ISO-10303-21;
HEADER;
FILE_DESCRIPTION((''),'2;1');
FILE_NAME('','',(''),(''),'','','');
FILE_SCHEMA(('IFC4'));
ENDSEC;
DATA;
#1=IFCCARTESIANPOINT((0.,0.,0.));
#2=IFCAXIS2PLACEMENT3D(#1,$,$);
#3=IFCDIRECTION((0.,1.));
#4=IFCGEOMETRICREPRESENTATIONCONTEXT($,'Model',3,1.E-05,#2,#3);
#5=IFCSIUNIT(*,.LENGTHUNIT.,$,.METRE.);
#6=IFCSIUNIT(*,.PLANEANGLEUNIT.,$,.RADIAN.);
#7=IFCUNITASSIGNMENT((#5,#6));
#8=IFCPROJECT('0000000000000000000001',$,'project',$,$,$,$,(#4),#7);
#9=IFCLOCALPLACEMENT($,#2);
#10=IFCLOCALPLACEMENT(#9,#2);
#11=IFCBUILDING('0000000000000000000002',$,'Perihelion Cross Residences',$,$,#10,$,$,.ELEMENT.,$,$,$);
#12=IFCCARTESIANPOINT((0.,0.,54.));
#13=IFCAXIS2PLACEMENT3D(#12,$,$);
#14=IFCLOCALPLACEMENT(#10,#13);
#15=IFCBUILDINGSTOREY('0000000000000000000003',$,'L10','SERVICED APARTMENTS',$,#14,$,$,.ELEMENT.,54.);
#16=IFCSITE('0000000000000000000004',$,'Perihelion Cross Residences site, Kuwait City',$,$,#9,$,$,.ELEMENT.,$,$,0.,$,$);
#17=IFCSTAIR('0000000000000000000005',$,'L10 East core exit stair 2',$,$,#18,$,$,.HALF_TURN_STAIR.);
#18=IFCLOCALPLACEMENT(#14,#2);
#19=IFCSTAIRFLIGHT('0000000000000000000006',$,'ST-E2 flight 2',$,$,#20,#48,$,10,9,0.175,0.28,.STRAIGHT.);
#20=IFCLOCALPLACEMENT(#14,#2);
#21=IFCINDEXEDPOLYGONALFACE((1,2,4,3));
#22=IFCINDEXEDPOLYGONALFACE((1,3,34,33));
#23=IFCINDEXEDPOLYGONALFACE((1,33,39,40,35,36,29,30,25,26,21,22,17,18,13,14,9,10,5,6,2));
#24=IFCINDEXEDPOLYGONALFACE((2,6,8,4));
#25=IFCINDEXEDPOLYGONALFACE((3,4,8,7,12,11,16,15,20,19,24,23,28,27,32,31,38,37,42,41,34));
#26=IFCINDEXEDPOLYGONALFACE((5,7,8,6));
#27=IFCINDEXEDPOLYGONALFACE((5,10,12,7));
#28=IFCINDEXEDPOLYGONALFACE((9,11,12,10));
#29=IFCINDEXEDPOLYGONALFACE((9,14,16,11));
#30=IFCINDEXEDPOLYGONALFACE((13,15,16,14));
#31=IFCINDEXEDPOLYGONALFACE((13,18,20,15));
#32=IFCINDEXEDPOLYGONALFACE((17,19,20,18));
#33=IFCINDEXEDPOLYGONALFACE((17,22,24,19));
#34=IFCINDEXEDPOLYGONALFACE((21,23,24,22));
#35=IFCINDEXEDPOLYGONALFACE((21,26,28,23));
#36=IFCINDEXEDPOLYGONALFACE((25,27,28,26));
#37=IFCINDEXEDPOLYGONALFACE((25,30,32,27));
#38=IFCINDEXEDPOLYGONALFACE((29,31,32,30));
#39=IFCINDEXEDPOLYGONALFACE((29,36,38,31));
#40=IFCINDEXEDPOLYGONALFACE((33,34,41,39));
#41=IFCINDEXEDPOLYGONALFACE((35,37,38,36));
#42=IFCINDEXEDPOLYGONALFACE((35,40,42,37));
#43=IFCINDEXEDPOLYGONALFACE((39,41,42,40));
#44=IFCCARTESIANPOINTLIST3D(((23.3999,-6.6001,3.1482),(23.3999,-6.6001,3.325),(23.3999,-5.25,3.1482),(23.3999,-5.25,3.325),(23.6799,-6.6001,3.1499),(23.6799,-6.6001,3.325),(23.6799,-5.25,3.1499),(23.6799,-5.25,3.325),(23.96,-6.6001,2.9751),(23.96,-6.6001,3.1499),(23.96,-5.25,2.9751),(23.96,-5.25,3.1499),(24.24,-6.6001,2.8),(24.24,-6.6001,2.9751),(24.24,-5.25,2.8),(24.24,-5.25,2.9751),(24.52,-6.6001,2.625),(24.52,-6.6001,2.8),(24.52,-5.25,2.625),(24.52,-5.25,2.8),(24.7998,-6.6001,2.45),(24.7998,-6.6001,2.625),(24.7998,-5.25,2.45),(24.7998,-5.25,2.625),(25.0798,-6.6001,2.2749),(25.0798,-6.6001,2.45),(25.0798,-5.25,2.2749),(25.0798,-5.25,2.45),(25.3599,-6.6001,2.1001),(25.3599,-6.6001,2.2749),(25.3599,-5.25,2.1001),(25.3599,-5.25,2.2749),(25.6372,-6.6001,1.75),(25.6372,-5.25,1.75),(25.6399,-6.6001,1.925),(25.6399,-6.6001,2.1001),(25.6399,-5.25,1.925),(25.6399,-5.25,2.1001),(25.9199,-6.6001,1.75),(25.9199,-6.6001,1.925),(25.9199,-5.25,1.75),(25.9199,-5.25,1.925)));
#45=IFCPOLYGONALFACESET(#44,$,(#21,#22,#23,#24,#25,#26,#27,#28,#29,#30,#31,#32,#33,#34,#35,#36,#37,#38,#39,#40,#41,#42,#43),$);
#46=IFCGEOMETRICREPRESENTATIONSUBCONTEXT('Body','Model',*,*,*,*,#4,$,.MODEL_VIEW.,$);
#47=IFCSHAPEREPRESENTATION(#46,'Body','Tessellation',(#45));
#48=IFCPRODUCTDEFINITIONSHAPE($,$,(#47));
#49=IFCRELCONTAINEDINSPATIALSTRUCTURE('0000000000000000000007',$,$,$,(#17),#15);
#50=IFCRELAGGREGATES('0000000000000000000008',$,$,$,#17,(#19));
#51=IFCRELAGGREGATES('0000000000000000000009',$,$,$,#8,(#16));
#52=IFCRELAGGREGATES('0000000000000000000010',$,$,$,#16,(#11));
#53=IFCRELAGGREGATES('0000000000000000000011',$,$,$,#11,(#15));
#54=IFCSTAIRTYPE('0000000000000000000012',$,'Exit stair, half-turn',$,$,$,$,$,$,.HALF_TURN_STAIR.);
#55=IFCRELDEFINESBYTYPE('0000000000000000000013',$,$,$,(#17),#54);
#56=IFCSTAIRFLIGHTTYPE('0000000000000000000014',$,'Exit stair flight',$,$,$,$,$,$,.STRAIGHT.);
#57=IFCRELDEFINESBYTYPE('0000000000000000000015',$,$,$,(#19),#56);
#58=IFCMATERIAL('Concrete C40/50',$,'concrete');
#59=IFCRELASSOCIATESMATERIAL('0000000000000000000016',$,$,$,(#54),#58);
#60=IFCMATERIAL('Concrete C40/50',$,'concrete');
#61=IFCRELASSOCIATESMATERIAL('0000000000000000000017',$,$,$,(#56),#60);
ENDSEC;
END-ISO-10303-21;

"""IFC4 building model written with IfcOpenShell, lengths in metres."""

from ifc_helpers import new_model, si_unit, direction, frame, origin, place, context, subcontext, project, spatial, polyline, outline, extrude, material, type_object, element, aggregate, save


model = new_model("IFC4")

# Units and contexts
model_context = context("Model", 3, precision=1e-05, world=origin(), true_north=direction((0.0, 1.0)))
body_context = subcontext(model_context, "Body", "Model", "MODEL_VIEW")
ifc_project = project(units=[si_unit("LENGTHUNIT", "METRE"), si_unit("PLANEANGLEUNIT", "RADIAN")], contexts=[model_context])

# Site, building, storey
site_placement = place(None, origin())
site = spatial("IfcSite", under=ifc_project, at=site_placement, Name="Perihelion Cross Residences site, Kuwait City", CompositionType="ELEMENT", RefElevation=0.0)
building_placement = place(site_placement, origin())
building = spatial("IfcBuilding", under=site, at=building_placement, Name="Perihelion Cross Residences", CompositionType="ELEMENT")
storey_placement = place(building_placement, frame((0.0, 0.0, 54.0)))
storey = spatial("IfcBuildingStorey", under=building, at=storey_placement, Name="L10", Description="SERVICED APARTMENTS", CompositionType="ELEMENT", Elevation=54.0)

# Stair, stair flight
ifc_material_1 = material(Name="Concrete C40/50", Category="concrete")
stair_type = type_object("IfcStairType", Name="Exit stair, half-turn", PredefinedType="HALF_TURN_STAIR", material=ifc_material_1)
stair_placement = place(storey_placement, origin())
stair = element("IfcStair", 1, at=stair_placement, inside=storey, type_object=stair_type, Name="L10 East core exit stair 2", PredefinedType="HALF_TURN_STAIR")
ifc_material_2 = material(Name="Concrete C40/50", Category="concrete")
stair_flight_type = type_object("IfcStairFlightType", Name="Exit stair flight", PredefinedType="STRAIGHT", material=ifc_material_2)
stair_flight_1_placement = place(storey_placement, frame((25.9199, -5.925, 1.75), z_axis=(0.0, 0.0, 1.0), x_axis=(-1.0, 0.0, 0.0)))
stair_flight_1 = element("IfcStairFlight", 2, at=stair_flight_1_placement, type_object=stair_flight_type, Name="ST-E2 flight 2", NumberOfRisers=10, NumberOfTreads=9, PredefinedType="STRAIGHT", RiserHeight=0.175, TreadLength=0.28, context=body_context, shape_type="SweptSolid", body=[
    extrude(outline(polyline([(0.0, 0.0), (0.0, 0.175), (0.28, 0.175), (0.28, 0.3501), (0.5601, 0.3501), (0.5601, 0.5249), (0.8401, 0.5249), (0.8401, 0.7), (1.1201, 0.7), (1.1201, 0.875), (1.3999, 0.875), (1.3999, 1.05), (1.6799, 1.05), (1.6799, 1.2251), (1.96, 1.2251), (1.96, 1.3999), (2.24, 1.3999), (2.24, 1.575), (2.52, 1.575), (2.52, 1.75), (2.52, 1.3982), (0.2827, 0.0), (0.0, 0.0)])), frame((0.0, 0.675, 0.0), z_axis=(0.0, -1.0, 0.0), x_axis=(1.0, 0.0, 0.0)), (0.0, 0.0, 1.0), 1.3501),
])
aggregate(stair, [stair_flight_1])

save(model, "model.ifc")
